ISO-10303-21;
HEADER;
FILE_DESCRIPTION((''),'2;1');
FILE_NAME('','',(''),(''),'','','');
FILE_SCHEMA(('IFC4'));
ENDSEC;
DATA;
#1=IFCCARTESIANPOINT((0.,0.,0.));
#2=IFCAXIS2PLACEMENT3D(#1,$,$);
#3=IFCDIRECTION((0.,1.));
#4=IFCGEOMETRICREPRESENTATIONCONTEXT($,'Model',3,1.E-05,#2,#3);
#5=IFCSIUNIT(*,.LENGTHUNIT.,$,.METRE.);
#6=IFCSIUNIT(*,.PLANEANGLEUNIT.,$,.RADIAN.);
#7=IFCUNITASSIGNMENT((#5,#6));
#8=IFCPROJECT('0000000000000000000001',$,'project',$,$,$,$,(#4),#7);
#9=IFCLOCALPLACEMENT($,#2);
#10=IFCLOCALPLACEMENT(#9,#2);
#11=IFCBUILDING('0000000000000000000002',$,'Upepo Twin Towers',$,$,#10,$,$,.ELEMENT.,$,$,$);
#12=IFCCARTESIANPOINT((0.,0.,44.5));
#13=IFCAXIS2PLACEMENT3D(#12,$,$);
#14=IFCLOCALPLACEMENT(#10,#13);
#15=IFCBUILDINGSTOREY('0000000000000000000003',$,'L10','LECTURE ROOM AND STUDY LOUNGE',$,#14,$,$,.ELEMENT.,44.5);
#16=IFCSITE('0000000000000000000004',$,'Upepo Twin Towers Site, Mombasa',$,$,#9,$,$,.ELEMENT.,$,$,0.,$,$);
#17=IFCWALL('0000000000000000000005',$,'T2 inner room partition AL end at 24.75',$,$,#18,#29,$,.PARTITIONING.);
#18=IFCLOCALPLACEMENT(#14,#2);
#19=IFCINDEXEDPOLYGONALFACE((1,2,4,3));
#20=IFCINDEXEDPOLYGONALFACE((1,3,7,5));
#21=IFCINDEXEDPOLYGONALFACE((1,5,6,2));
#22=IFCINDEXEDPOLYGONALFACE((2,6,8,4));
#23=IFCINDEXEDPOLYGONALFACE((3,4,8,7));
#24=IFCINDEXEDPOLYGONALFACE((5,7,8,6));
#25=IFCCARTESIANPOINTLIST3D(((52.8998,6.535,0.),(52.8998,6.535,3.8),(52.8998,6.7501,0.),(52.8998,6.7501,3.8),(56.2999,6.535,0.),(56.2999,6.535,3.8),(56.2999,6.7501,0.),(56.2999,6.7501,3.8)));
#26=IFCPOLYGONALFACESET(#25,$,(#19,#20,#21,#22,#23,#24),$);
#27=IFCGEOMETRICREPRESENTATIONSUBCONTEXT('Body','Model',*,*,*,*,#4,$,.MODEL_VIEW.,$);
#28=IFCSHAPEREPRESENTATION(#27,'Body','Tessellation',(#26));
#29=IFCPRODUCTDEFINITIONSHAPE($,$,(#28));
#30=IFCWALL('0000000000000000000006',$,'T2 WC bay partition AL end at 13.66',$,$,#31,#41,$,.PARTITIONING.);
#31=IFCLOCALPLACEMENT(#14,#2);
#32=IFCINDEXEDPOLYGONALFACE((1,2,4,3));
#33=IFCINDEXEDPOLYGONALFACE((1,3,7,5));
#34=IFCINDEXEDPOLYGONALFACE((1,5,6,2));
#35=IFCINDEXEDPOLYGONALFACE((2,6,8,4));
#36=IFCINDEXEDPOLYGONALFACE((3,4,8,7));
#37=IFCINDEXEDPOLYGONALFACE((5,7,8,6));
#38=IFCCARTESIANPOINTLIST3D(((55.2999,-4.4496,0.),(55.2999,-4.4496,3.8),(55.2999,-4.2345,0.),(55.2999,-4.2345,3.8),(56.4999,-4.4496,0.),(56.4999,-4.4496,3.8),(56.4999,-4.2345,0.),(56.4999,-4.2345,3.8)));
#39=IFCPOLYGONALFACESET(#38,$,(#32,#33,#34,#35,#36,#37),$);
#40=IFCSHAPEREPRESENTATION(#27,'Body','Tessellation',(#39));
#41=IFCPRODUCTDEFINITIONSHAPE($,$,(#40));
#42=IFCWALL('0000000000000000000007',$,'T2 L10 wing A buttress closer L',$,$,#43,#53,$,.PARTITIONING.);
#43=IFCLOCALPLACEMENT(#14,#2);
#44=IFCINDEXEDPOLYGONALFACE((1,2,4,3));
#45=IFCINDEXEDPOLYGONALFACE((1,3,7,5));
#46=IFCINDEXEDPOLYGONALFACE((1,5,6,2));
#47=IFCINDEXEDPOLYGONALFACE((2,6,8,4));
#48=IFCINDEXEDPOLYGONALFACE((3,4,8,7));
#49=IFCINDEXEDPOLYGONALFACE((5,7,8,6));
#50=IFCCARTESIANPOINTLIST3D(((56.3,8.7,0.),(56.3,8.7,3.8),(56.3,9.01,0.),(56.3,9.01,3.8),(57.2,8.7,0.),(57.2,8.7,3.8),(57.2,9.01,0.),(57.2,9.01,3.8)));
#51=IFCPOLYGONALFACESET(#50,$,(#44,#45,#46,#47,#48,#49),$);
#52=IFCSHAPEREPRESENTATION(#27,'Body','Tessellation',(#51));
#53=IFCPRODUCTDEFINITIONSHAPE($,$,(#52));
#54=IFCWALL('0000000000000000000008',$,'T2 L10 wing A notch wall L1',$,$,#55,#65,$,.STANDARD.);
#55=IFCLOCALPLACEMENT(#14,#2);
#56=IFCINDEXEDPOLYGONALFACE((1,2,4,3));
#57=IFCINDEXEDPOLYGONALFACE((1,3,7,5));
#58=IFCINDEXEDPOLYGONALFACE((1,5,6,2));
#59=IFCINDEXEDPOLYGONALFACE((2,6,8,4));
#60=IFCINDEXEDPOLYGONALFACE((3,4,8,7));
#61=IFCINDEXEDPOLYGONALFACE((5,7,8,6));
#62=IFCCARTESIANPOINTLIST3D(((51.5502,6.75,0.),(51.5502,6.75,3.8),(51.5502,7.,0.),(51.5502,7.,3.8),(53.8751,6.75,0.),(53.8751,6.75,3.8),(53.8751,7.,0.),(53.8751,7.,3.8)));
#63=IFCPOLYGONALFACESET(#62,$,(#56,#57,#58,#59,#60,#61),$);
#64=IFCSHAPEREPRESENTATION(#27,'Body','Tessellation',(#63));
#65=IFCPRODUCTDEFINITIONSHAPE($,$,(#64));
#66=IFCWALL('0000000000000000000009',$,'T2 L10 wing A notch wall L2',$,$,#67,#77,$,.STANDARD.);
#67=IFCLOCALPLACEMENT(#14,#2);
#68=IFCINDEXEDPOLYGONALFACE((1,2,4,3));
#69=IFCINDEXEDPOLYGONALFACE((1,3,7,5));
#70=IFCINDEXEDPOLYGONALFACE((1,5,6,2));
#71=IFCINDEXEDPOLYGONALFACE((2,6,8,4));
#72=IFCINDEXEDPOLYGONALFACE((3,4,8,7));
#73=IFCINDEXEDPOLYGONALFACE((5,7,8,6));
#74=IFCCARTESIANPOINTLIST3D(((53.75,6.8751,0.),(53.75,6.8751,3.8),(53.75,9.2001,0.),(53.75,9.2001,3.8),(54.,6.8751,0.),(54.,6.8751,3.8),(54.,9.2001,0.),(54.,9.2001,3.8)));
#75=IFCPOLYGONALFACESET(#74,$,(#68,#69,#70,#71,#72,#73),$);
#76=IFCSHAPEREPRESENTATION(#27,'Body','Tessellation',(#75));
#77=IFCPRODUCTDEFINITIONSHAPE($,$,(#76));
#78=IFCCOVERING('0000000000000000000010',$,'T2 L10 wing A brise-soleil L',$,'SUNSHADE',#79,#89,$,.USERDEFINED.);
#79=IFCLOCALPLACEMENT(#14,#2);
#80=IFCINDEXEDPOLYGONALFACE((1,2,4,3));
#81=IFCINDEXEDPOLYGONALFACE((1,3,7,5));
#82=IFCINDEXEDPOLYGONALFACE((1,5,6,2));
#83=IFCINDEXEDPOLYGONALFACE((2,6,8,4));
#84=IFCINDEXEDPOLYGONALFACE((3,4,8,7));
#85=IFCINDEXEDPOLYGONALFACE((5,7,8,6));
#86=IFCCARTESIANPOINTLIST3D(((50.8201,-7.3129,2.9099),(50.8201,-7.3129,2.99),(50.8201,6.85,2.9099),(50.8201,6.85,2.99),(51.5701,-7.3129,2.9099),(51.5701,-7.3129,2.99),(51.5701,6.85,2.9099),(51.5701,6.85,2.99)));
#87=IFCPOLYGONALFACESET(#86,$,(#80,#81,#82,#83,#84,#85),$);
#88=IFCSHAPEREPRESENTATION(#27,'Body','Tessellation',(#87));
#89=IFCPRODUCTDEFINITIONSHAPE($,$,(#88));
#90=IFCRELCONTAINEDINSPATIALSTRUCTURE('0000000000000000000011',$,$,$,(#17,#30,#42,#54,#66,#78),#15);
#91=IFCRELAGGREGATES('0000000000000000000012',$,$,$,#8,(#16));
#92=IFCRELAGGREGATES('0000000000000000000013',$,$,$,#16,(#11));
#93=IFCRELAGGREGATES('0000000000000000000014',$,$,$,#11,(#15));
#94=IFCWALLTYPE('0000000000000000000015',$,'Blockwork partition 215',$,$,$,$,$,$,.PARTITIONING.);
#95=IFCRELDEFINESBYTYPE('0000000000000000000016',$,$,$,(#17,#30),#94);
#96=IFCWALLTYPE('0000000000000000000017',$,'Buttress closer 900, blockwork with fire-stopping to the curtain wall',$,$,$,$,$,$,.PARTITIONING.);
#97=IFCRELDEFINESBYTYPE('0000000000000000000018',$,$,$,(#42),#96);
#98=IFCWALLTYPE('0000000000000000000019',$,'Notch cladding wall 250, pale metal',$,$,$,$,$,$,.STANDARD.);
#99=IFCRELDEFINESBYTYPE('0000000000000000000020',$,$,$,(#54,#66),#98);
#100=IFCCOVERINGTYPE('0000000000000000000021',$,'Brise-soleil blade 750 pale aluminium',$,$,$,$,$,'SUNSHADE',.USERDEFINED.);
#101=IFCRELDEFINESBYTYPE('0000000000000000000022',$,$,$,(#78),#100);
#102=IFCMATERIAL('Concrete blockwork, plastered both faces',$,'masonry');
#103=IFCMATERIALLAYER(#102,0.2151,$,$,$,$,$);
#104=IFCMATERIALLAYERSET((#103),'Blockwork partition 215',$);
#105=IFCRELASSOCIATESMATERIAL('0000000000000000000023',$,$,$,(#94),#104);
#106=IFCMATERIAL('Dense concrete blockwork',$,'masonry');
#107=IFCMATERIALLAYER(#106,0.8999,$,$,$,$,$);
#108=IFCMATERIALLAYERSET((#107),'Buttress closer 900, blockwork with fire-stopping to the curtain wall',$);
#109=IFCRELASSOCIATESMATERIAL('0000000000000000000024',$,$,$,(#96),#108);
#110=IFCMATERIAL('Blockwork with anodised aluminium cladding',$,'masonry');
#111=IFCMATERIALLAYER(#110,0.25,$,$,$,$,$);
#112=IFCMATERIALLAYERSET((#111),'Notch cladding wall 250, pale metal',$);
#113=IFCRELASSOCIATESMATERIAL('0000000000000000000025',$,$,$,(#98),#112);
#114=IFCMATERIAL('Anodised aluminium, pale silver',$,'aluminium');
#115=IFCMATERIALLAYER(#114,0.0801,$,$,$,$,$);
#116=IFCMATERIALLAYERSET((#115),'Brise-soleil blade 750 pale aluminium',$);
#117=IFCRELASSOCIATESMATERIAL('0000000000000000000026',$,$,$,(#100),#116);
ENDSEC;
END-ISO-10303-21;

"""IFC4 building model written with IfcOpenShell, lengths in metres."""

from ifc_helpers import new_model, si_unit, direction, frame, frame_2d, origin, origin_2d, place, context, subcontext, project, spatial, rectangle, extrude, material, layer, layer_set, type_object, element, save


model = new_model("IFC4")

# Units and contexts
model_context = context("Model", 3, precision=1e-05, world=origin(), true_north=direction((0.0, 1.0)))
body_context = subcontext(model_context, "Body", "Model", "MODEL_VIEW")
ifc_project = project(units=[si_unit("LENGTHUNIT", "METRE"), si_unit("PLANEANGLEUNIT", "RADIAN")], contexts=[model_context])

# Site, building, storey
site_placement = place(None, origin())
site = spatial("IfcSite", under=ifc_project, at=site_placement, Name="Upepo Twin Towers Site, Mombasa", CompositionType="ELEMENT", RefElevation=0.0)
building_placement = place(site_placement, origin())
building = spatial("IfcBuilding", under=site, at=building_placement, Name="Upepo Twin Towers", CompositionType="ELEMENT")
storey_placement = place(building_placement, frame((0.0, 0.0, 44.5)))
storey = spatial("IfcBuildingStorey", under=building, at=storey_placement, Name="L10", Description="LECTURE ROOM AND STUDY LOUNGE", CompositionType="ELEMENT", Elevation=44.5)

# Shared definitions
ifc_material_1 = material(Name="Concrete blockwork, plastered both faces", Category="masonry")
ifc_layer_1 = layer(ifc_material_1, 0.2151)
ifc_layer_set_1 = layer_set([ifc_layer_1], Name="Blockwork partition 215")
wall_type_1 = type_object("IfcWallType", Name="Blockwork partition 215", PredefinedType="PARTITIONING", material=ifc_layer_set_1)

# Walls
wall_1_placement = place(storey_placement, frame((56.3, 6.6426, 0.0), z_axis=(0.0, 0.0, 1.0), x_axis=(-1.0, 0.0, 0.0)))
element("IfcWall", 1, at=wall_1_placement, inside=storey, type_object=wall_type_1, Name="T2 inner room partition AL end at 24.75", PredefinedType="PARTITIONING", context=body_context, shape_type="SweptSolid", body=[
    extrude(rectangle(XDim=3.4001, YDim=0.2151, at=frame_2d((1.7002, 0.0))), origin(), (0.0, 0.0, 1.0), 3.8),
])
wall_2_placement = place(storey_placement, frame((56.5, -4.342, 0.0), z_axis=(0.0, 0.0, 1.0), x_axis=(-1.0, 0.0, 0.0)))
element("IfcWall", 2, at=wall_2_placement, inside=storey, type_object=wall_type_1, Name="T2 WC bay partition AL end at 13.66", PredefinedType="PARTITIONING", context=body_context, shape_type="SweptSolid", body=[
    extrude(rectangle(XDim=1.2, YDim=0.2151, at=frame_2d((0.6001, 0.0))), origin(), (0.0, 0.0, 1.0), 3.8),
])
ifc_material_2 = material(Name="Dense concrete blockwork", Category="masonry")
ifc_layer_2 = layer(ifc_material_2, 0.8999)
ifc_layer_set_2 = layer_set([ifc_layer_2], Name="Buttress closer 900, blockwork with fire-stopping to the curtain wall")
wall_type_2 = type_object("IfcWallType", Name="Buttress closer 900, blockwork with fire-stopping to the curtain wall", PredefinedType="PARTITIONING", material=ifc_layer_set_2)
wall_3_placement = place(storey_placement, frame((56.75, 8.7, 0.0), z_axis=(0.0, 0.0, 1.0), x_axis=(0.0, 1.0, 0.0)))
element("IfcWall", 3, at=wall_3_placement, inside=storey, type_object=wall_type_2, Name="T2 L10 wing A buttress closer L", PredefinedType="PARTITIONING", context=body_context, shape_type="SweptSolid", body=[
    extrude(rectangle(XDim=0.3101, YDim=0.8999, at=frame_2d((0.155, 0.0))), origin(), (0.0, 0.0, 1.0), 3.8),
])
ifc_material_3 = material(Name="Blockwork with anodised aluminium cladding", Category="masonry")
ifc_layer_3 = layer(ifc_material_3, 0.25)
ifc_layer_set_3 = layer_set([ifc_layer_3], Name="Notch cladding wall 250, pale metal")
wall_type_3 = type_object("IfcWallType", Name="Notch cladding wall 250, pale metal", PredefinedType="STANDARD", material=ifc_layer_set_3)
for number, where, z_axis, x_axis, name in (
    (4, (51.55, 6.875, 0.0), (0.0, 0.0, 1.0), (1.0, 0.0, 0.0), "T2 L10 wing A notch wall L1"),
    (5, (53.875, 6.875, 0.0), (0.0, 0.0, 1.0), (0.0, 1.0, 0.0), "T2 L10 wing A notch wall L2"),
):
    element("IfcWall", number, at=place(storey_placement, frame(where, z_axis=z_axis, x_axis=x_axis)), inside=storey, type_object=wall_type_3, Name=name, PredefinedType="STANDARD", context=body_context, shape_type="SweptSolid", body=[
        extrude(rectangle(XDim=2.325, YDim=0.25, at=frame_2d((1.1626, 0.0))), origin(), (0.0, 0.0, 1.0), 3.8),
    ])

# Covering
ifc_material_4 = material(Name="Anodised aluminium, pale silver", Category="aluminium")
ifc_layer_4 = layer(ifc_material_4, 0.0801)
ifc_layer_set_4 = layer_set([ifc_layer_4], Name="Brise-soleil blade 750 pale aluminium")
covering_type = type_object("IfcCoveringType", Name="Brise-soleil blade 750 pale aluminium", ElementType="SUNSHADE", PredefinedType="USERDEFINED", material=ifc_layer_set_4)
covering_placement = place(storey_placement, frame((51.1951, -0.2314, 2.9099), z_axis=(0.0, 0.0, 1.0), x_axis=(0.0, 1.0, 0.0)))
element("IfcCovering", 6, at=covering_placement, inside=storey, type_object=covering_type, Name="T2 L10 wing A brise-soleil L", ObjectType="SUNSHADE", PredefinedType="USERDEFINED", context=body_context, shape_type="SweptSolid", body=[
    extrude(rectangle(XDim=14.1628, YDim=0.75, at=origin_2d()), origin(), (0.0, 0.0, 1.0), 0.0801),
])

save(model, "model.ifc")
